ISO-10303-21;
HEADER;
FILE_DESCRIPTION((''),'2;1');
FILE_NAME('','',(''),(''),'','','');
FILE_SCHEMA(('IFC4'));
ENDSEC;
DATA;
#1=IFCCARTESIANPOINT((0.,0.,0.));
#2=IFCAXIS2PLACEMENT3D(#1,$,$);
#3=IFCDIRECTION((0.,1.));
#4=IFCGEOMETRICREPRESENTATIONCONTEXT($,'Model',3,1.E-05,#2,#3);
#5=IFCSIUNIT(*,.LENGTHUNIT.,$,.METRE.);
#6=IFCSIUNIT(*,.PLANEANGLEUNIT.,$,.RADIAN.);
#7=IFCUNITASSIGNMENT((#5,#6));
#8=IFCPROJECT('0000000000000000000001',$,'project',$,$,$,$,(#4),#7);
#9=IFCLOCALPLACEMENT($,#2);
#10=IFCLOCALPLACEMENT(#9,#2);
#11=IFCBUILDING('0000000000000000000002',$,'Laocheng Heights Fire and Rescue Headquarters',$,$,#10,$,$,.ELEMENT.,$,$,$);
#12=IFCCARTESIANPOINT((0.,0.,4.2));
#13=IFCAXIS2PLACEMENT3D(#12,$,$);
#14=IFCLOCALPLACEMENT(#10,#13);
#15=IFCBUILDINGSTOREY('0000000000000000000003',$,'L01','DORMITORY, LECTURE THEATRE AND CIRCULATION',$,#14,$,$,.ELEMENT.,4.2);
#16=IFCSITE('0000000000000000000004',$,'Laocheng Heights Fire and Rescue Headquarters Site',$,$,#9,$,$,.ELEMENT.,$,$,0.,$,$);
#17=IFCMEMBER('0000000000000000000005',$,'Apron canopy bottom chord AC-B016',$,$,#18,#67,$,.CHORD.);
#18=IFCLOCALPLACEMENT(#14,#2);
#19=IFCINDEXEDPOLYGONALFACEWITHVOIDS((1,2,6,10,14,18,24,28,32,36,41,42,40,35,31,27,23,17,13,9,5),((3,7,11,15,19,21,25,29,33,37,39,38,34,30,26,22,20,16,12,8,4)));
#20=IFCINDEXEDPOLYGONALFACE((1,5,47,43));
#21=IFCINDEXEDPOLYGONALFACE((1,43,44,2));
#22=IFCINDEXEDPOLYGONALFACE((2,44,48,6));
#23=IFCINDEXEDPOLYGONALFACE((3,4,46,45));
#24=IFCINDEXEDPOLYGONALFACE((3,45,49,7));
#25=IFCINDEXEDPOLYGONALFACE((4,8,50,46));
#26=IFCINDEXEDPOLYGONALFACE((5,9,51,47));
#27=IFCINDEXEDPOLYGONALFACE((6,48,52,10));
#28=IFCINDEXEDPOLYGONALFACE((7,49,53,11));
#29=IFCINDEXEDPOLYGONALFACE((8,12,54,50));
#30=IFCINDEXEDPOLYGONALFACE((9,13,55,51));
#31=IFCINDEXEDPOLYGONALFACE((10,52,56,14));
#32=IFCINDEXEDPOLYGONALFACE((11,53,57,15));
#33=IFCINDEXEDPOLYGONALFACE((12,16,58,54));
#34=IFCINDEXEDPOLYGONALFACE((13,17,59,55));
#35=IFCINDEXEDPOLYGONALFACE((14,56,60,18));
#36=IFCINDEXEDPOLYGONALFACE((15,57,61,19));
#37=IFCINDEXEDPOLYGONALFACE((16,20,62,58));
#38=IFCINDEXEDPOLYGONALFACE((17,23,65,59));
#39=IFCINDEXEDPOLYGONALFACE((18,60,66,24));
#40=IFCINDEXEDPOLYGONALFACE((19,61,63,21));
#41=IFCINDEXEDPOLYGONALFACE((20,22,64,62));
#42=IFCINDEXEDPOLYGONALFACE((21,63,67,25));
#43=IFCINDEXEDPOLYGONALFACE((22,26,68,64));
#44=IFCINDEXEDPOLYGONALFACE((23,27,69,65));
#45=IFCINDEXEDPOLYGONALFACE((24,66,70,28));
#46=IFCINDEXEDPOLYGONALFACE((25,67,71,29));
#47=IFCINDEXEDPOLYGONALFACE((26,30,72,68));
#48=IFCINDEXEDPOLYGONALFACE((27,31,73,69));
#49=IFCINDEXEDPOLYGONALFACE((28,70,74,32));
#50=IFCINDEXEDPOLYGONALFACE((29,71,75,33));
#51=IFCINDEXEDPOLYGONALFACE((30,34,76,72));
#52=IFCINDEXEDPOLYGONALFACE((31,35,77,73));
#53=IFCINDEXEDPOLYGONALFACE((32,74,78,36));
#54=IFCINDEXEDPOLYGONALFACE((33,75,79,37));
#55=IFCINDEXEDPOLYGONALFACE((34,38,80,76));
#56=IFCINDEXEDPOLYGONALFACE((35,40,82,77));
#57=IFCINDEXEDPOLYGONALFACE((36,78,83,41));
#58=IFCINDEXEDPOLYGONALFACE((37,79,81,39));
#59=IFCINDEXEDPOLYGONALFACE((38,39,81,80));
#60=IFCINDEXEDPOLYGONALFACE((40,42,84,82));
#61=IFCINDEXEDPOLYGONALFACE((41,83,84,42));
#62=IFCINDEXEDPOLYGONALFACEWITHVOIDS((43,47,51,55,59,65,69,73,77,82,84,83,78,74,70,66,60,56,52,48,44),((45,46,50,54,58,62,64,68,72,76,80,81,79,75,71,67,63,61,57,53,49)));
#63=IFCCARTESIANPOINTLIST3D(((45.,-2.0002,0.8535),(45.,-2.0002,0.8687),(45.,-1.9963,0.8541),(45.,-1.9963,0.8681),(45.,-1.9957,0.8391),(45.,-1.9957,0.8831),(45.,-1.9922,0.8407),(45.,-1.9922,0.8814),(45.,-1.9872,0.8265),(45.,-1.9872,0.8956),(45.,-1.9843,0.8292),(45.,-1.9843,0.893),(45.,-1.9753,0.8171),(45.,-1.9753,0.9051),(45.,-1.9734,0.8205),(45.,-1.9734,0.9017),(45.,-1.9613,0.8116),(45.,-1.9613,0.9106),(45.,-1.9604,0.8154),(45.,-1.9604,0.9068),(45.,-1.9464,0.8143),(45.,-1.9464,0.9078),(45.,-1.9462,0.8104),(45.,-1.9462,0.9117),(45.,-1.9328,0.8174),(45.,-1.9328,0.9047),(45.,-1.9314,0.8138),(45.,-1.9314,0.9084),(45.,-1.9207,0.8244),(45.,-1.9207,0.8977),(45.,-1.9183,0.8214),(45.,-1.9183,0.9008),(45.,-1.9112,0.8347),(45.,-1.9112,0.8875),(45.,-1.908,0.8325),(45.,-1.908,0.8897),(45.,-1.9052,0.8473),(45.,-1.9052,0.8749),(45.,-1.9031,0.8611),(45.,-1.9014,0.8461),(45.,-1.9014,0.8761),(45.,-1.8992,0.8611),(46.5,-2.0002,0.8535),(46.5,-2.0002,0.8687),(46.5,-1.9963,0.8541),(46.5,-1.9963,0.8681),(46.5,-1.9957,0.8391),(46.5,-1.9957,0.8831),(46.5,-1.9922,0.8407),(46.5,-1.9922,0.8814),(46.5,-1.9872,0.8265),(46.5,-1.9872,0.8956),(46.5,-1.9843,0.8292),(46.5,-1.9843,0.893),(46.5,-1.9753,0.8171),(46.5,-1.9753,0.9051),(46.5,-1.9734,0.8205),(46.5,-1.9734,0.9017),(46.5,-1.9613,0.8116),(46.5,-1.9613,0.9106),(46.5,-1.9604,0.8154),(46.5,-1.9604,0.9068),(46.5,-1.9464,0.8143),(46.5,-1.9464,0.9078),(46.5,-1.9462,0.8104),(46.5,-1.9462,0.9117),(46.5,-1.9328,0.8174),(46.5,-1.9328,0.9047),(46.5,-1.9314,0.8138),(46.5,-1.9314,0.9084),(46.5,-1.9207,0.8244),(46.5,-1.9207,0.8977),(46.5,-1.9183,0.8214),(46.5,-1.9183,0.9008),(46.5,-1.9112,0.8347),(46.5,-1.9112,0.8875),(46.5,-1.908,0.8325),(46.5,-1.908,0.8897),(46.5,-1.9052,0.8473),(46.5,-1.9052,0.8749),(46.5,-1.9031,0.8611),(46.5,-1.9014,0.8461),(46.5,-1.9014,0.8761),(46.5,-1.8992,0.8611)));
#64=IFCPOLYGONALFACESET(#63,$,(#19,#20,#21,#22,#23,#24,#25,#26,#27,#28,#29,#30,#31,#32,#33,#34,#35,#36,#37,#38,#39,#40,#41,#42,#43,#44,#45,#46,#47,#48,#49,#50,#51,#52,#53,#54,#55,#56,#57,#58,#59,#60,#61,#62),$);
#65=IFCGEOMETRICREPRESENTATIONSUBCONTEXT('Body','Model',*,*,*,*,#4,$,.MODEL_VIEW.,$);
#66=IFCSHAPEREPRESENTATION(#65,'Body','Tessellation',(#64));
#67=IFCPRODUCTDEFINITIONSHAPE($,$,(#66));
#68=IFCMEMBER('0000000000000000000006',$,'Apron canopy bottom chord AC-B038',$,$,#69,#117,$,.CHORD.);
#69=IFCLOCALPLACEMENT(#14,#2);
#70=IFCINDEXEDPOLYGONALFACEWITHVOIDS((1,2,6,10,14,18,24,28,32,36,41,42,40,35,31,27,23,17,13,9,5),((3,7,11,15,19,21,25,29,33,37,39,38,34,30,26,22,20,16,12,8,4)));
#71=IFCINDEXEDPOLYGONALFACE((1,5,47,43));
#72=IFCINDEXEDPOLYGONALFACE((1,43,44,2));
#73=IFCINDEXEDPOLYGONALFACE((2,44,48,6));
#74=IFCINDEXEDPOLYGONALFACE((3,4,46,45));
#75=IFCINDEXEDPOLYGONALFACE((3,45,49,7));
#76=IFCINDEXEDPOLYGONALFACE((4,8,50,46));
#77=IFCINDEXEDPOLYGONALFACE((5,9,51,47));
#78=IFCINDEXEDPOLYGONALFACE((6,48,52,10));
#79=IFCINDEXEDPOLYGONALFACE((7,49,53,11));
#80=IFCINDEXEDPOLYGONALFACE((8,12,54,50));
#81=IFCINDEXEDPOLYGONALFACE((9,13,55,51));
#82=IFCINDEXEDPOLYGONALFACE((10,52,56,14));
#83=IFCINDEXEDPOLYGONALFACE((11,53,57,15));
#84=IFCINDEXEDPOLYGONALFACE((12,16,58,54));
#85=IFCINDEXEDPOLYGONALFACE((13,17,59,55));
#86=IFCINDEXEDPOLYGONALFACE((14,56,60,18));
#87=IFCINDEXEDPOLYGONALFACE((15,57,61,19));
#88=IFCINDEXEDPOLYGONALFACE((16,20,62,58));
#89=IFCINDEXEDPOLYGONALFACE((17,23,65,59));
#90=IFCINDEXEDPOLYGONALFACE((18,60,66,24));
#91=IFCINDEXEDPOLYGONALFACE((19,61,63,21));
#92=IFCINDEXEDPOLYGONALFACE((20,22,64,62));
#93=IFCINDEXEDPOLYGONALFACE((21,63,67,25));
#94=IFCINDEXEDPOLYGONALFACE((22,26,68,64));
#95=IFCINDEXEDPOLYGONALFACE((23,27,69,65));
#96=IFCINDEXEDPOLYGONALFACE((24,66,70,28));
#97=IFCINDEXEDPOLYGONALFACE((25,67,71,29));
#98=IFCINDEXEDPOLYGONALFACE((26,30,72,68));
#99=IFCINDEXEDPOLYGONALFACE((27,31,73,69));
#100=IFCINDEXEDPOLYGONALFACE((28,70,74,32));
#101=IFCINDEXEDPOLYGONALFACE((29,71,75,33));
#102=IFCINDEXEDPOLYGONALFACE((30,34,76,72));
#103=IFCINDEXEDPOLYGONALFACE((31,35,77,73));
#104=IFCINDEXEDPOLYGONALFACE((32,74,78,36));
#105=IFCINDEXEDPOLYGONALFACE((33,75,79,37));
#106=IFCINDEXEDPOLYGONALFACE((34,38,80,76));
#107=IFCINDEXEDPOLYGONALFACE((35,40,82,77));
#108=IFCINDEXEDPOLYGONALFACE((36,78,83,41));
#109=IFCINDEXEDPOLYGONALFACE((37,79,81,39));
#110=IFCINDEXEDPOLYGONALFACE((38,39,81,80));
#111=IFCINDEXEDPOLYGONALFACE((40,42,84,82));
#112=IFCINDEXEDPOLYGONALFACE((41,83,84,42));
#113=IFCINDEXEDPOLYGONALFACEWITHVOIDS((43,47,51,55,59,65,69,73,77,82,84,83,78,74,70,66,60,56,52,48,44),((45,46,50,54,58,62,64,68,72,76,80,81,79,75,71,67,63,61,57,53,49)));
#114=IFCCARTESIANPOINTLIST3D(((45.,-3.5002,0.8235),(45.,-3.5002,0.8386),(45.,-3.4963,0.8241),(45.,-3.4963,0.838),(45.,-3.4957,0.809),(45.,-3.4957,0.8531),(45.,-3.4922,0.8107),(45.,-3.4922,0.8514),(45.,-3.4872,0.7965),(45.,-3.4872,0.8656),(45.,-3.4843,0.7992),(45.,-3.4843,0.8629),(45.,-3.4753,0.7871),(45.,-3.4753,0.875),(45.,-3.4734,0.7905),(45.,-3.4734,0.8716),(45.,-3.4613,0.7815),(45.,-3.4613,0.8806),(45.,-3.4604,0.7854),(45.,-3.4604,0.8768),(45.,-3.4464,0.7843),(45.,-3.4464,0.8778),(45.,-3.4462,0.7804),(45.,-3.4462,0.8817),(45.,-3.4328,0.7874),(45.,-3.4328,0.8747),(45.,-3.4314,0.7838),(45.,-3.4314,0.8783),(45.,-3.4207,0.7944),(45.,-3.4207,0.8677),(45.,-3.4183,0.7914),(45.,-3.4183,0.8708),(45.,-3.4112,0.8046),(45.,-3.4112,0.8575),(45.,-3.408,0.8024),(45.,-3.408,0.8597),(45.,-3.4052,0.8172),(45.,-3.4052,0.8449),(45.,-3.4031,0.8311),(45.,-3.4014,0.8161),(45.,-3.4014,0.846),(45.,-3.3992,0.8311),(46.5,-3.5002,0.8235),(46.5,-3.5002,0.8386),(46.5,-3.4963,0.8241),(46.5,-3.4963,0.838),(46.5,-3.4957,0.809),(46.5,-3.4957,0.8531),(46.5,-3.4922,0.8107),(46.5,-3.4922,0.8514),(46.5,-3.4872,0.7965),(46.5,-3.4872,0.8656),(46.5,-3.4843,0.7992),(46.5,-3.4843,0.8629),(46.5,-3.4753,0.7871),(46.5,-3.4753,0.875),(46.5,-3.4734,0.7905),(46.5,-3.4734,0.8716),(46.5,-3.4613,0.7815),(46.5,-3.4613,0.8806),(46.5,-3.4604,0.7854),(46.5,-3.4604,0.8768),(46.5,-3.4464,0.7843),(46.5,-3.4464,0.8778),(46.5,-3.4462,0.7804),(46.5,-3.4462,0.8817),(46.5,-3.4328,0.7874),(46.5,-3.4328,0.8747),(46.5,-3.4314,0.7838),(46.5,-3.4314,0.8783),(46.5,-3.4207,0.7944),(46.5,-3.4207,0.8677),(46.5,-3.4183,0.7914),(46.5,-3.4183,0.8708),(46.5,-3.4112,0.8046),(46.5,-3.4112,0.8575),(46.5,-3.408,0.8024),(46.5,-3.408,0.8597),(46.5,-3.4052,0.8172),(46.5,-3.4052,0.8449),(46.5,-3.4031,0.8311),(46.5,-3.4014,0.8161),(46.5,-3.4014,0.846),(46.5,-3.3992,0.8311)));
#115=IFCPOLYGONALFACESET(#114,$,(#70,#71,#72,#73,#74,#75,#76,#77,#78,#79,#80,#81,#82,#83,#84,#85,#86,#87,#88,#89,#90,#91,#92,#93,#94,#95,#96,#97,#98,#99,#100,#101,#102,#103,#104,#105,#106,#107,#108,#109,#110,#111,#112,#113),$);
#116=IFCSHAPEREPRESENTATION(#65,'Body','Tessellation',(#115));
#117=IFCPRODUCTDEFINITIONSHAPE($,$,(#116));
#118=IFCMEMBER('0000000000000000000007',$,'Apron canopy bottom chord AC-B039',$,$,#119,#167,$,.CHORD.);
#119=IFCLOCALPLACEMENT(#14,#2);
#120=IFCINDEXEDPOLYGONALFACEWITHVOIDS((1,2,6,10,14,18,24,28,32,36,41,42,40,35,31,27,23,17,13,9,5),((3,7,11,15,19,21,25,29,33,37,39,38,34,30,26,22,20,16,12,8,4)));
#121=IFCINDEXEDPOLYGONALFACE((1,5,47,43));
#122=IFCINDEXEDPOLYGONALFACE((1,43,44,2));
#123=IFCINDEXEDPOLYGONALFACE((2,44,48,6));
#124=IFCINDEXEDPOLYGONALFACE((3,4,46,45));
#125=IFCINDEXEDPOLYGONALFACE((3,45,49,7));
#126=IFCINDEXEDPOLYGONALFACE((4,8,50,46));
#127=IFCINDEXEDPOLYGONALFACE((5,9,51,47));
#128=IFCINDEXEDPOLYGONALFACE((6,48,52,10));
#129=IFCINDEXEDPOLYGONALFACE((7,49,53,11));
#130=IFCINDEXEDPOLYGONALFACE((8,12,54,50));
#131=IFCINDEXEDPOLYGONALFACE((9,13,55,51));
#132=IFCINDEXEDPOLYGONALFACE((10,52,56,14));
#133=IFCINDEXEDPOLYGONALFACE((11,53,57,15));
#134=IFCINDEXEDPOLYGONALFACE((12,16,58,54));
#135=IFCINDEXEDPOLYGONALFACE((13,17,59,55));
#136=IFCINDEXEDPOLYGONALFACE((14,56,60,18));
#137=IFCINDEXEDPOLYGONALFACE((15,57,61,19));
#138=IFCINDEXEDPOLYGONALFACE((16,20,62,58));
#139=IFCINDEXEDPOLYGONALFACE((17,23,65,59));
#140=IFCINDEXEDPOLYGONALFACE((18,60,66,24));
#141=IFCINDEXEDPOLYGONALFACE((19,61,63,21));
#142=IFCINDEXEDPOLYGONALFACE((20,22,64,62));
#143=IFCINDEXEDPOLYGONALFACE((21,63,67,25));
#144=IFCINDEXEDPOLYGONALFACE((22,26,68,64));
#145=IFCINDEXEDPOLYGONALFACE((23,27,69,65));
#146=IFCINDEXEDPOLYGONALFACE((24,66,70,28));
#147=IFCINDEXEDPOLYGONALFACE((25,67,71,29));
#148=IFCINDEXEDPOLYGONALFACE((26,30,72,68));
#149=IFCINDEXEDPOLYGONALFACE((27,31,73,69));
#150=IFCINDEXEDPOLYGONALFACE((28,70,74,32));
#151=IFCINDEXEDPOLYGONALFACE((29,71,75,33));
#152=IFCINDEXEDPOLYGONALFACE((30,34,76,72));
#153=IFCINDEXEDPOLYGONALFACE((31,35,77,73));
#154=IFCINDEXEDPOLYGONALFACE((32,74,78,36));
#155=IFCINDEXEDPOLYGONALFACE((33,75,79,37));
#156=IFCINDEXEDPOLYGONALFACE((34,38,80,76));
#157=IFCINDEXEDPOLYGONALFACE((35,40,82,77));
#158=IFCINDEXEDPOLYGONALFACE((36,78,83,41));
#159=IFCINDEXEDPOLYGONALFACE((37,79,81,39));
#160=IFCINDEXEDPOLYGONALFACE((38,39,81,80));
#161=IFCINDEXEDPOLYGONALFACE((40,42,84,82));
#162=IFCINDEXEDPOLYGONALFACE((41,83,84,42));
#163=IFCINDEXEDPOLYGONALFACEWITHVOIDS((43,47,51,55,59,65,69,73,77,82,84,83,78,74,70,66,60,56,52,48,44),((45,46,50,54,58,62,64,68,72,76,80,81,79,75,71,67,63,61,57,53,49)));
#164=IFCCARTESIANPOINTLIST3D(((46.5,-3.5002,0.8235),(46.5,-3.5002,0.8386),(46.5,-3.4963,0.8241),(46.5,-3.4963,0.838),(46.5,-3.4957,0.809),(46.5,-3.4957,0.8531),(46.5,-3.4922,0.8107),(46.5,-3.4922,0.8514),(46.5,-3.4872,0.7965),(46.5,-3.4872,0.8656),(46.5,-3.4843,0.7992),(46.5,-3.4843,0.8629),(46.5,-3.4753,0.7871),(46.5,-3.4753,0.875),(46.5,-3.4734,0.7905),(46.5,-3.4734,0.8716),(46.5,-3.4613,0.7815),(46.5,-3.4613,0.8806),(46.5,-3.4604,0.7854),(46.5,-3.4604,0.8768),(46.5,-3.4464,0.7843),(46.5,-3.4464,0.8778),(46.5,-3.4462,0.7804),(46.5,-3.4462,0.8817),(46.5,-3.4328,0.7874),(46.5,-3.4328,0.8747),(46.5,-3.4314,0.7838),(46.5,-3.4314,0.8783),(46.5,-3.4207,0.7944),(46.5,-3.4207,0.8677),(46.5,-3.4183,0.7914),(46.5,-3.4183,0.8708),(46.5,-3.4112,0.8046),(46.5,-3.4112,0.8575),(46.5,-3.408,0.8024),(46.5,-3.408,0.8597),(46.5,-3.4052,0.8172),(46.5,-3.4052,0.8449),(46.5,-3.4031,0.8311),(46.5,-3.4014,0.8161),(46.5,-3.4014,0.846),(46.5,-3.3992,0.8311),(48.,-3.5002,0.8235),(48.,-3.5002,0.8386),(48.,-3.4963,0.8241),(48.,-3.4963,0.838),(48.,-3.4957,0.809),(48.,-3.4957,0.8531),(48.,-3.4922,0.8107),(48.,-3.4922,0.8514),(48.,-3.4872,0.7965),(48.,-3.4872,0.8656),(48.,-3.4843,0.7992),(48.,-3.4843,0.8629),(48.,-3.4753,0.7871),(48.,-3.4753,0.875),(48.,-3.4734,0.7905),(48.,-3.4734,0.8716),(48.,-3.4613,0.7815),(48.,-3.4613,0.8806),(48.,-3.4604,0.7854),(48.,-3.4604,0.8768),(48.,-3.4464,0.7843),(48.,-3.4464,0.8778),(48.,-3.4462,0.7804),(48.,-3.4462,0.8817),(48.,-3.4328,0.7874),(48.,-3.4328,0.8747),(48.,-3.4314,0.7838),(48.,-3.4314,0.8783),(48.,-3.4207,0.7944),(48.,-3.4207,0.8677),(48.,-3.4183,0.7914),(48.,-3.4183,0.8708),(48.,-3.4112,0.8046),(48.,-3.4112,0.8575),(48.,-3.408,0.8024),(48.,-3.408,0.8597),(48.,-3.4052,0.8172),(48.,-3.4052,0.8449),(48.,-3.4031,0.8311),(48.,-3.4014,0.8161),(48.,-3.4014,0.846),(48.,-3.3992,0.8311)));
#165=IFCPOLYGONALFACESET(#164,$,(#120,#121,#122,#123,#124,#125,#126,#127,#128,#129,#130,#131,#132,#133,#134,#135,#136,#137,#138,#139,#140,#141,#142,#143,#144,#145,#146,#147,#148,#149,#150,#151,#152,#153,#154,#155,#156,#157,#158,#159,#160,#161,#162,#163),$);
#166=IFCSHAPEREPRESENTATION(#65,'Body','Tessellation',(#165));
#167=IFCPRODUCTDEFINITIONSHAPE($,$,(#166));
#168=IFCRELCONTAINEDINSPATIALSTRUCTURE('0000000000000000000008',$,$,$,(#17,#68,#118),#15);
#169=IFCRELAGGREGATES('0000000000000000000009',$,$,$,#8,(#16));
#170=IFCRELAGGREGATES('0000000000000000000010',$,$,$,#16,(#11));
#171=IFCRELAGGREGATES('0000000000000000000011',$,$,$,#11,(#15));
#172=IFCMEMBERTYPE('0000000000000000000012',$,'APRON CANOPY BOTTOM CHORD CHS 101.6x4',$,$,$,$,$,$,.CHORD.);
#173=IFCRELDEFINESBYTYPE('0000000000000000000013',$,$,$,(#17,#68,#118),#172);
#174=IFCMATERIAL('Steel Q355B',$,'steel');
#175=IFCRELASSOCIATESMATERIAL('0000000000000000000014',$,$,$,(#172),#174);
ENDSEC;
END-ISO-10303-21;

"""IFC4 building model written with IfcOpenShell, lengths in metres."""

from ifc_helpers import new_model, si_unit, direction, frame, origin, origin_2d, place, context, subcontext, project, spatial, hollow_circle, extrude, material, material_profile, profile_set, type_object, element, save


model = new_model("IFC4")

# Units and contexts
model_context = context("Model", 3, precision=1e-05, world=origin(), true_north=direction((0.0, 1.0)))
body_context = subcontext(model_context, "Body", "Model", "MODEL_VIEW")
ifc_project = project(units=[si_unit("LENGTHUNIT", "METRE"), si_unit("PLANEANGLEUNIT", "RADIAN")], contexts=[model_context])

# Site, building, storey
site_placement = place(None, origin())
site = spatial("IfcSite", under=ifc_project, at=site_placement, Name="Laocheng Heights Fire and Rescue Headquarters Site", CompositionType="ELEMENT", RefElevation=0.0)
building_placement = place(site_placement, origin())
building = spatial("IfcBuilding", under=site, at=building_placement, Name="Laocheng Heights Fire and Rescue Headquarters", CompositionType="ELEMENT")
storey_placement = place(building_placement, frame((0.0, 0.0, 4.2)))
storey = spatial("IfcBuildingStorey", under=building, at=storey_placement, Name="L01", Description="DORMITORY, LECTURE THEATRE AND CIRCULATION", CompositionType="ELEMENT", Elevation=4.2)

# Members
ifc_material_1 = material(Name="Steel Q355B", Category="steel")
ifc_material_profile_1 = material_profile(ifc_material_1, hollow_circle(Radius=0.0508, WallThickness=0.0039, at=origin_2d()), Name="CHS 101.6x4")
ifc_profile_set_1 = profile_set([ifc_material_profile_1], Name="Steel Q355B")
member_type_1 = type_object("IfcMemberType", Name="APRON CANOPY BOTTOM CHORD CHS 101.6x4", PredefinedType="CHORD", material=ifc_profile_set_1)
for number, where, z_axis, x_axis, name in (
    (1, (45.0, -1.95, 0.8611), (1.0, 0.0, 0.0), (0.0, 1.0, 0.0), "Apron canopy bottom chord AC-B016"),
    (2, (45.0, -3.45, 0.8311), (1.0, 0.0, 0.0), (0.0, 1.0, 0.0), "Apron canopy bottom chord AC-B038"),
    (3, (46.5, -3.45, 0.8311), (1.0, 0.0, 0.0), (0.0, 1.0, 0.0), "Apron canopy bottom chord AC-B039"),
):
    element("IfcMember", number, at=place(storey_placement, frame(where, z_axis=z_axis, x_axis=x_axis)), inside=storey, type_object=member_type_1, Name=name, PredefinedType="CHORD", context=body_context, shape_type="SweptSolid", body=[
        extrude(hollow_circle(Radius=0.0508, WallThickness=0.0039, at=origin_2d()), origin(), (0.0, 0.0, 1.0), 1.5),
    ])

save(model, "model.ifc")
